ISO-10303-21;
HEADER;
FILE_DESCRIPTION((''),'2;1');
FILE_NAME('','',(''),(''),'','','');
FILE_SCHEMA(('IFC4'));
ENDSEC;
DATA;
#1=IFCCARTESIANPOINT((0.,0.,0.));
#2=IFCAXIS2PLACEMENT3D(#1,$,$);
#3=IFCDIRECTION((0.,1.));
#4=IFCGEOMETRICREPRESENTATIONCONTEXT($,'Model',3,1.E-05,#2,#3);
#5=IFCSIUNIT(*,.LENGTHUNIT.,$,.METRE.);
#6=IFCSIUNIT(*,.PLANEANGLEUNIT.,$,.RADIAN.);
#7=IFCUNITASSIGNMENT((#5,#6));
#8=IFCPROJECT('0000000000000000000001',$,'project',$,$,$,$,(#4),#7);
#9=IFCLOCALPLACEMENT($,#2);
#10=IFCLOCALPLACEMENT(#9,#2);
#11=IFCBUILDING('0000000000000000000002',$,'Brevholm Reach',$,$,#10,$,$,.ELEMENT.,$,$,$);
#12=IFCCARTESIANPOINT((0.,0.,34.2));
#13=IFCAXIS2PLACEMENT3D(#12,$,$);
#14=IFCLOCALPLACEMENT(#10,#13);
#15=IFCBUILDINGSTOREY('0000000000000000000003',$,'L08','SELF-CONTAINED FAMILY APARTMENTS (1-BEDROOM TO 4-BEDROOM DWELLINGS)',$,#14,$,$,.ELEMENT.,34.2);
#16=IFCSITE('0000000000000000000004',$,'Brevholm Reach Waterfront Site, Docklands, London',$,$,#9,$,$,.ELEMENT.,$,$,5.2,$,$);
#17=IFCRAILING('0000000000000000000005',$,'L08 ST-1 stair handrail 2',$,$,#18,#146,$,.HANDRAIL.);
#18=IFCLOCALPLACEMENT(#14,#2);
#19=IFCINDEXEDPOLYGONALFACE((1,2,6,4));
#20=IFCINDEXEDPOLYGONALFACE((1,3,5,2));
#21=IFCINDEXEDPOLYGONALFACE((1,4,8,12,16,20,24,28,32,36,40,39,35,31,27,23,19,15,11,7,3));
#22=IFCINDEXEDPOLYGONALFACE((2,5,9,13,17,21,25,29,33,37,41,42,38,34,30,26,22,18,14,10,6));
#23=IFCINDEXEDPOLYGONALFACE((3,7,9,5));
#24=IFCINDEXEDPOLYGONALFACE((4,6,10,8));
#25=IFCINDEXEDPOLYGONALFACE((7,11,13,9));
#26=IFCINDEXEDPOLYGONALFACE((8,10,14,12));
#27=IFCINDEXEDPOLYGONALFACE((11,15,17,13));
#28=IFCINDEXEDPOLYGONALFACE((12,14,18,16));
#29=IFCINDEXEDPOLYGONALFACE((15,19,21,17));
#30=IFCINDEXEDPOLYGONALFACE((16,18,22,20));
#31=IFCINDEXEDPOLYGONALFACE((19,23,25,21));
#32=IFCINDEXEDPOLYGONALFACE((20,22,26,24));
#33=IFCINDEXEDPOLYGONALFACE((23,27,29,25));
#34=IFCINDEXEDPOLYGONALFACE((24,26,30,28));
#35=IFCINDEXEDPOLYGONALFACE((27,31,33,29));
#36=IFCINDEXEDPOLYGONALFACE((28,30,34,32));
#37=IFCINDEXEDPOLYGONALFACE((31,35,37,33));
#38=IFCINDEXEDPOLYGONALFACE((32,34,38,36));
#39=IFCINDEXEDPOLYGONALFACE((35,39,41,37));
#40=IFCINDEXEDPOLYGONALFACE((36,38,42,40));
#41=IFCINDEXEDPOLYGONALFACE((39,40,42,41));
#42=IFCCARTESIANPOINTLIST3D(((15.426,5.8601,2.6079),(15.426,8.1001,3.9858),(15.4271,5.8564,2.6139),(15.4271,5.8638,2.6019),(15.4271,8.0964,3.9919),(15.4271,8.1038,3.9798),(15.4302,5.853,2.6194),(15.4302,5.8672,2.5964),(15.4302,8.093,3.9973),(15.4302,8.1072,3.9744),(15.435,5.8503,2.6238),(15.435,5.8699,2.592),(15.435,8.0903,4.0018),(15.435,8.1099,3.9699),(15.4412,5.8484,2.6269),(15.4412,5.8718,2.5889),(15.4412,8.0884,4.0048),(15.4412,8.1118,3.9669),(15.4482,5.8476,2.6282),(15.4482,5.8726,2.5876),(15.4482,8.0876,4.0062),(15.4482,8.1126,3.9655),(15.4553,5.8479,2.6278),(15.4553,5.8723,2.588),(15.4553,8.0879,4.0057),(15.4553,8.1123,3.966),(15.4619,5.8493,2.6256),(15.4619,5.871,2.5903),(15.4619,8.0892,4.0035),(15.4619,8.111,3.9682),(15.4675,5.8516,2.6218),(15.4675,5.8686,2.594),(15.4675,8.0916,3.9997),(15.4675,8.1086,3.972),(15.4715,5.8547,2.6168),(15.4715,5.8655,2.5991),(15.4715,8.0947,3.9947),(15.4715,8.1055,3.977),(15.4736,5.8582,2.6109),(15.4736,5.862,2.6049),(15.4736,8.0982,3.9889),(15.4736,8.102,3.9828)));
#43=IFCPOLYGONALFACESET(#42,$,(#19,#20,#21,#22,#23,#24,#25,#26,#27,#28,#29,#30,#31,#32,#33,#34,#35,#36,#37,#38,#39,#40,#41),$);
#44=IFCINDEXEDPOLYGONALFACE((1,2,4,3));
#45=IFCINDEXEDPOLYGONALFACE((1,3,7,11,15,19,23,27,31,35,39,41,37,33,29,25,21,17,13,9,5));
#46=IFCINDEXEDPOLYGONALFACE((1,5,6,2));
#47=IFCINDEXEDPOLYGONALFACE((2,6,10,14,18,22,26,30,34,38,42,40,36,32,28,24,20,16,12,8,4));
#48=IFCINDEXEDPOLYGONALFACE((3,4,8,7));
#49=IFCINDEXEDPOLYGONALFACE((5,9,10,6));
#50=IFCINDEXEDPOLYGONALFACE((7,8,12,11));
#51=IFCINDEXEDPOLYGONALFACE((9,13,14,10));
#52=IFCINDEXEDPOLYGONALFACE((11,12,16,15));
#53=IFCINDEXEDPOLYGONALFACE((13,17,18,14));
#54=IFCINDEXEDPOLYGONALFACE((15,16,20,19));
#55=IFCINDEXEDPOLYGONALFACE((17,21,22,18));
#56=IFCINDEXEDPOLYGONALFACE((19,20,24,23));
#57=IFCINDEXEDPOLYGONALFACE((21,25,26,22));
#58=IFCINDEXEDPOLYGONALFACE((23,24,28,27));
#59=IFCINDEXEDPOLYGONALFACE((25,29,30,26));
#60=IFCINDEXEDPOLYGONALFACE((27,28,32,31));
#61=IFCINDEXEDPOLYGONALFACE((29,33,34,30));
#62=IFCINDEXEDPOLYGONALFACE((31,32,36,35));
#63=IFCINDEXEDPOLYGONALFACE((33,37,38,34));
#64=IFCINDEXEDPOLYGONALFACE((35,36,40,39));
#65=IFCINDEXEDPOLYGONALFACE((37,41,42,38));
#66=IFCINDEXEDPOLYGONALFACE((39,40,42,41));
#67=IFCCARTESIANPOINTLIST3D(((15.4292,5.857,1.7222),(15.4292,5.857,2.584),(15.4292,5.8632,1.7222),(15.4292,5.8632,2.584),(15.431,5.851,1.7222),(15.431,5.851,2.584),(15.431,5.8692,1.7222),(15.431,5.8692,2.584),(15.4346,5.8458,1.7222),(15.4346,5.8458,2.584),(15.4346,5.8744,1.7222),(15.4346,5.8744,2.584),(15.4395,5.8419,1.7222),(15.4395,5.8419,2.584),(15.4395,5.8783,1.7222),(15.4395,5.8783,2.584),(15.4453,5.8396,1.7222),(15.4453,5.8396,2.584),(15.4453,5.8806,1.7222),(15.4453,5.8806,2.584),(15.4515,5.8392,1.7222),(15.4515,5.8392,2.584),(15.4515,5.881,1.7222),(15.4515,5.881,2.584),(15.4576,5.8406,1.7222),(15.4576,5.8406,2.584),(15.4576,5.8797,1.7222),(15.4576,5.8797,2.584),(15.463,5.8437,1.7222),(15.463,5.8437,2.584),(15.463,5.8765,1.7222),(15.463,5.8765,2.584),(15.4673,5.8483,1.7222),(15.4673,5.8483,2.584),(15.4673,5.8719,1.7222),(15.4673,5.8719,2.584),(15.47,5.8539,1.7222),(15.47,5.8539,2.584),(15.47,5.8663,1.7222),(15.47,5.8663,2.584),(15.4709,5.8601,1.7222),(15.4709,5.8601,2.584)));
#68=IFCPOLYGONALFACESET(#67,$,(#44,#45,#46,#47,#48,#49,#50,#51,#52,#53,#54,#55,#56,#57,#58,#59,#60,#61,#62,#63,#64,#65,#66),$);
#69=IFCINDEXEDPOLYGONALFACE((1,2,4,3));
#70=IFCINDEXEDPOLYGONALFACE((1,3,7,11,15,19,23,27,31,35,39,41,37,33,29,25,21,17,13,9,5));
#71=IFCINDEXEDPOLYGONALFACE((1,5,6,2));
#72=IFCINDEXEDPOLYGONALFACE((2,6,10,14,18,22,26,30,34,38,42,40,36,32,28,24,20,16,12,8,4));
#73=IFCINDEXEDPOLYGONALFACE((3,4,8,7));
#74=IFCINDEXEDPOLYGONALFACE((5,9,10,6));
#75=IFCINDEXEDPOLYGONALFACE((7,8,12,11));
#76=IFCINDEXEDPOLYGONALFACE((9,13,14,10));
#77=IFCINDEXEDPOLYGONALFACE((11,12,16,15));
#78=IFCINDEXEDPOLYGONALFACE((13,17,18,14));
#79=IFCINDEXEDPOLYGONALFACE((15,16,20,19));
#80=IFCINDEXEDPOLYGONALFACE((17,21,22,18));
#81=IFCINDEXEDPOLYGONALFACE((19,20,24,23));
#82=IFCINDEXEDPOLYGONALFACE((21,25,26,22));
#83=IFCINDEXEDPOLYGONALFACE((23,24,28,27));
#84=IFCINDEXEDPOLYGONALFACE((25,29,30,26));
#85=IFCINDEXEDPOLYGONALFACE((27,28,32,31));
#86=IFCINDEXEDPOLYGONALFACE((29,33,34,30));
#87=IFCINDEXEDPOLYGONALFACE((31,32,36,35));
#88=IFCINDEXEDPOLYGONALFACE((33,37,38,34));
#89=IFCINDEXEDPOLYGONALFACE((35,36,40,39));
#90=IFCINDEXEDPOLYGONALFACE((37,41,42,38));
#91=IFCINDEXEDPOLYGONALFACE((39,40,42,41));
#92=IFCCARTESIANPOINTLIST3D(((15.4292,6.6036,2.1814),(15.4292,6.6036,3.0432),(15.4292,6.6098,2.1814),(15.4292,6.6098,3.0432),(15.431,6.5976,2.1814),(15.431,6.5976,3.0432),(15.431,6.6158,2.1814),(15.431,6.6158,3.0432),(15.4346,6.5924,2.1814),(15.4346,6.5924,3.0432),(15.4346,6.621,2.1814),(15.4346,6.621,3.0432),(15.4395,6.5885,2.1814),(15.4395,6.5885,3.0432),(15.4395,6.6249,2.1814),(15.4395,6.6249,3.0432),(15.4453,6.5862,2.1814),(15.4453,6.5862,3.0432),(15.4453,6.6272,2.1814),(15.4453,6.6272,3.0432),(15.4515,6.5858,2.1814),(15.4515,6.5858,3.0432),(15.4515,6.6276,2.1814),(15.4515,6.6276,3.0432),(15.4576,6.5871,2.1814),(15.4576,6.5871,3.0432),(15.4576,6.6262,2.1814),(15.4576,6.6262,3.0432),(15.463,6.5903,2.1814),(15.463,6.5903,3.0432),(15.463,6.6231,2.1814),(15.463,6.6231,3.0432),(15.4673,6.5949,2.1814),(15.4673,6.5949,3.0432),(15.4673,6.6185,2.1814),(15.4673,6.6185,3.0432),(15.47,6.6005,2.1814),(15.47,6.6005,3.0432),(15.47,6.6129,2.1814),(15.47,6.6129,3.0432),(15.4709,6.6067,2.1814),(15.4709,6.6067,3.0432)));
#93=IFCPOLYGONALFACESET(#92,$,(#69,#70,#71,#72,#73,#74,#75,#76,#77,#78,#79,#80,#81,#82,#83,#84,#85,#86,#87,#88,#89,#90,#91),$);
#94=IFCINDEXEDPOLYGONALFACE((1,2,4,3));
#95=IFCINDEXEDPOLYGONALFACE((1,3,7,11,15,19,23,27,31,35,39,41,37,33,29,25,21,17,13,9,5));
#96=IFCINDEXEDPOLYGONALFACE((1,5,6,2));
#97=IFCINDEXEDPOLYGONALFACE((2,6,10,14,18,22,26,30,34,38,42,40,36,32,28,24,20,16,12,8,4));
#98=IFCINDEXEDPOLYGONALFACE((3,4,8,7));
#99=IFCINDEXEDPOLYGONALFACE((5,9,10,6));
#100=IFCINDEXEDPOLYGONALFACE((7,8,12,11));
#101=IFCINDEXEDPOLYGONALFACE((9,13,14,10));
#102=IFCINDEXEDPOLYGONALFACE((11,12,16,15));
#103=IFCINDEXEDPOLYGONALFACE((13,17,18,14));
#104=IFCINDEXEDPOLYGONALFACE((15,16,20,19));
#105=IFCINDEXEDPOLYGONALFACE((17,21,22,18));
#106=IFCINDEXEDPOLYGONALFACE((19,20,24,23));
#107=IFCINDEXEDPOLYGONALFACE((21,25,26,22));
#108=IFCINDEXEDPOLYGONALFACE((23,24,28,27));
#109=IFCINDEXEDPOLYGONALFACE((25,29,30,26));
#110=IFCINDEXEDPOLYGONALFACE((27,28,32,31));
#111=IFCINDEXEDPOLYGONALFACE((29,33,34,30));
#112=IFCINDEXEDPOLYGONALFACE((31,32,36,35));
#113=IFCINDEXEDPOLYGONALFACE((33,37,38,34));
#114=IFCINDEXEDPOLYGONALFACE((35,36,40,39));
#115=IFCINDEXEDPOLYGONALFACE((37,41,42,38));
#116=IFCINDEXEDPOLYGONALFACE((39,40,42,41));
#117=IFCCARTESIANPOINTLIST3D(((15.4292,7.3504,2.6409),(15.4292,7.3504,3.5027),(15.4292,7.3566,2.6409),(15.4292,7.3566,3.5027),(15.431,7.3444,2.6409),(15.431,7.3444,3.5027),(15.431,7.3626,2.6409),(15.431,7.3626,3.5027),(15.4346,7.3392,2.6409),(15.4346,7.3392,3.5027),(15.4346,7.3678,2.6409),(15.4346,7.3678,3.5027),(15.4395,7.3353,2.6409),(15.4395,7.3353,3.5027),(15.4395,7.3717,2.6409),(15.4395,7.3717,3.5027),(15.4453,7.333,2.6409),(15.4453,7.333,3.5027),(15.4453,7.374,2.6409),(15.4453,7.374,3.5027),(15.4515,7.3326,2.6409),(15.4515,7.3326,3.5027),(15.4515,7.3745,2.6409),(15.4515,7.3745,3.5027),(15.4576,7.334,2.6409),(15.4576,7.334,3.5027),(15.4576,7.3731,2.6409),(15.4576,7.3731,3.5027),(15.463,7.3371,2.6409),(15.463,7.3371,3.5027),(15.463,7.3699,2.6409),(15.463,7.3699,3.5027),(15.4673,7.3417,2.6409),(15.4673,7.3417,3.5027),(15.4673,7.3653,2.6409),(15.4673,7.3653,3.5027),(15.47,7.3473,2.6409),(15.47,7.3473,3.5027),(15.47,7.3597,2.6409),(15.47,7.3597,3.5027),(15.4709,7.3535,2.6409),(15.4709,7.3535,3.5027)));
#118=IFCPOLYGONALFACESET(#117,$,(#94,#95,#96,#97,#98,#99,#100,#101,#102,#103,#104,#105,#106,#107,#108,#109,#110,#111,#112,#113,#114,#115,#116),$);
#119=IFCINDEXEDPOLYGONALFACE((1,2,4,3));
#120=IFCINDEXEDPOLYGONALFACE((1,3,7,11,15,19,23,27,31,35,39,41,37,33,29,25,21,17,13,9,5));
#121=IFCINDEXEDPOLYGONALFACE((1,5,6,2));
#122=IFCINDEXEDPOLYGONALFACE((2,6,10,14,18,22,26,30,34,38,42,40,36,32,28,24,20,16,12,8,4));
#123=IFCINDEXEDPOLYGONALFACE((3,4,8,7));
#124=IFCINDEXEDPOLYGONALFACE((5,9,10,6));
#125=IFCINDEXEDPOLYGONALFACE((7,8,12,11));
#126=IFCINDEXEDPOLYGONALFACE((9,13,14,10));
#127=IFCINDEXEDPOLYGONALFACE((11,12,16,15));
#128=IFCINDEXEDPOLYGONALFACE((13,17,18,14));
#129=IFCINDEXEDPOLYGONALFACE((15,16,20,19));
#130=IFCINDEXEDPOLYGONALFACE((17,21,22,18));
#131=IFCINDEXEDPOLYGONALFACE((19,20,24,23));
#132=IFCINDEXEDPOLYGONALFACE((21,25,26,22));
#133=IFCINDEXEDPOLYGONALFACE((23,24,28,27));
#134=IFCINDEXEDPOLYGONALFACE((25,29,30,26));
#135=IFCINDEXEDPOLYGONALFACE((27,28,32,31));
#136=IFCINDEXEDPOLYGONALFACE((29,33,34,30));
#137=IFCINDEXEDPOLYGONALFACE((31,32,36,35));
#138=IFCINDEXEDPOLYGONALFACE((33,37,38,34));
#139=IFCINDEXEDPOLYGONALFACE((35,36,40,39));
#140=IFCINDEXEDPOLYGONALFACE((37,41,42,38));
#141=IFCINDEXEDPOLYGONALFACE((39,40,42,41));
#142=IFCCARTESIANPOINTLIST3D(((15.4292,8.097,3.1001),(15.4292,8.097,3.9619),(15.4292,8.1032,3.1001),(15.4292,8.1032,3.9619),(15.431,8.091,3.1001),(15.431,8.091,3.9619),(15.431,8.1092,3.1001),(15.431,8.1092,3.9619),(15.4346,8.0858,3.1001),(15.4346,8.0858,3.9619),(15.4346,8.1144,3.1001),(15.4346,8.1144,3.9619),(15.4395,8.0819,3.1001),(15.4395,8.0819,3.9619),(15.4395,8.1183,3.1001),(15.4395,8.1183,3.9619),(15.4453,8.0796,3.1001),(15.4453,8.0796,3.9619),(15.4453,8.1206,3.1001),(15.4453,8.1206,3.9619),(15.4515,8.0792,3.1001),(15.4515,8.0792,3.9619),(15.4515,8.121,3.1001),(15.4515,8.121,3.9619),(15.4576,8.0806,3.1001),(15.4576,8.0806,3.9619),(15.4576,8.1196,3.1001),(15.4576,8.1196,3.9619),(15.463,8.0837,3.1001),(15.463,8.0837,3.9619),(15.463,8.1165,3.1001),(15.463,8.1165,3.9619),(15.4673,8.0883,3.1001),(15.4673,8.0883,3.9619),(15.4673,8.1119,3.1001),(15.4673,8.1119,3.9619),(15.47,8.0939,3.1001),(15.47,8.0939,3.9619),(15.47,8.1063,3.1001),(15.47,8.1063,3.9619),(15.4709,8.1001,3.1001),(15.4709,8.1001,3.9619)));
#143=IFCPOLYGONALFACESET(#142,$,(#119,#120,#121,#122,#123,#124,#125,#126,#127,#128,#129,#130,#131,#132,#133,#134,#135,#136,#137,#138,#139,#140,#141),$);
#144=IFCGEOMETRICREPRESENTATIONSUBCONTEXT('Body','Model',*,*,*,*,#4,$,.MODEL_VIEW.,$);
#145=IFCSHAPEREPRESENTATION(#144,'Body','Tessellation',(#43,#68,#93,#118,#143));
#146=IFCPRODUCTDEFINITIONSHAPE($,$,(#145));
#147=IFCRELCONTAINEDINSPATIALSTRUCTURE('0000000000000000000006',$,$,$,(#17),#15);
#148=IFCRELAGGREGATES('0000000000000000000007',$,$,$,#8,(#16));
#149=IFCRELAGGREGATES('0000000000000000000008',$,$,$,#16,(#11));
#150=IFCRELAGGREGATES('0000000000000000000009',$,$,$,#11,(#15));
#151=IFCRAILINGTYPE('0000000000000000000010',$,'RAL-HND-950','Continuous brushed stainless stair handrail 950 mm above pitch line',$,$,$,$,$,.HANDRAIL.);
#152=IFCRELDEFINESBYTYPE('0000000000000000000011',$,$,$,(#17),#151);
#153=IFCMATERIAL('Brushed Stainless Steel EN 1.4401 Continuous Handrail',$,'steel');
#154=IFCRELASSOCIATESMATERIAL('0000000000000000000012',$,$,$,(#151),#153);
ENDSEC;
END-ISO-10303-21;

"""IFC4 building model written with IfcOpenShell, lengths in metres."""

from ifc_helpers import new_model, si_unit, direction, frame, origin, origin_2d, place, context, subcontext, project, spatial, circle, extrude, material, type_object, element, save


model = new_model("IFC4")

# Units and contexts
model_context = context("Model", 3, precision=1e-05, world=origin(), true_north=direction((0.0, 1.0)))
body_context = subcontext(model_context, "Body", "Model", "MODEL_VIEW")
ifc_project = project(units=[si_unit("LENGTHUNIT", "METRE"), si_unit("PLANEANGLEUNIT", "RADIAN")], contexts=[model_context])

# Site, building, storey
site_placement = place(None, origin())
site = spatial("IfcSite", under=ifc_project, at=site_placement, Name="Brevholm Reach Waterfront Site, Docklands, London", CompositionType="ELEMENT", RefElevation=5.2)
building_placement = place(site_placement, origin())
building = spatial("IfcBuilding", under=site, at=building_placement, Name="Brevholm Reach", CompositionType="ELEMENT")
storey_placement = place(building_placement, frame((0.0, 0.0, 34.2)))
storey = spatial("IfcBuildingStorey", under=building, at=storey_placement, Name="L08", Description="SELF-CONTAINED FAMILY APARTMENTS (1-BEDROOM TO 4-BEDROOM DWELLINGS)", CompositionType="ELEMENT", Elevation=34.2)

# Railing
ifc_material_1 = material(Name="Brushed Stainless Steel EN 1.4401 Continuous Handrail", Category="steel")
railing_type_1 = type_object("IfcRailingType", Name="RAL-HND-950", Description="Continuous brushed stainless stair handrail 950 mm above pitch line", PredefinedType="HANDRAIL", material=ifc_material_1)
railing_1_placement = place(storey_placement, frame((15.45, 5.8601, 1.7222)))
element("IfcRailing", 1, at=railing_1_placement, inside=storey, type_object=railing_type_1, Name="L08 ST-1 stair handrail 2", PredefinedType="HANDRAIL", context=body_context, shape_type="SweptSolid", body=[
    extrude(circle(Radius=0.0239, at=origin_2d()), frame((0.0, 0.0, 0.8857), z_axis=(0.0, 0.851748, 0.523952), x_axis=(-1.0, 0.0, 0.0)), (0.0, 0.0, 1.0), 2.6299),
    extrude(circle(Radius=0.021, at=origin_2d()), origin(), (0.0, 0.0, 1.0), 0.8618),
    extrude(circle(Radius=0.021, at=origin_2d()), frame((0.0, 0.7466, 0.4592)), (0.0, 0.0, 1.0), 0.8618),
    extrude(circle(Radius=0.021, at=origin_2d()), frame((0.0, 1.4934, 0.9187)), (0.0, 0.0, 1.0), 0.8618),
    extrude(circle(Radius=0.021, at=origin_2d()), frame((0.0, 2.24, 1.3779)), (0.0, 0.0, 1.0), 0.8618),
])

save(model, "model.ifc")
